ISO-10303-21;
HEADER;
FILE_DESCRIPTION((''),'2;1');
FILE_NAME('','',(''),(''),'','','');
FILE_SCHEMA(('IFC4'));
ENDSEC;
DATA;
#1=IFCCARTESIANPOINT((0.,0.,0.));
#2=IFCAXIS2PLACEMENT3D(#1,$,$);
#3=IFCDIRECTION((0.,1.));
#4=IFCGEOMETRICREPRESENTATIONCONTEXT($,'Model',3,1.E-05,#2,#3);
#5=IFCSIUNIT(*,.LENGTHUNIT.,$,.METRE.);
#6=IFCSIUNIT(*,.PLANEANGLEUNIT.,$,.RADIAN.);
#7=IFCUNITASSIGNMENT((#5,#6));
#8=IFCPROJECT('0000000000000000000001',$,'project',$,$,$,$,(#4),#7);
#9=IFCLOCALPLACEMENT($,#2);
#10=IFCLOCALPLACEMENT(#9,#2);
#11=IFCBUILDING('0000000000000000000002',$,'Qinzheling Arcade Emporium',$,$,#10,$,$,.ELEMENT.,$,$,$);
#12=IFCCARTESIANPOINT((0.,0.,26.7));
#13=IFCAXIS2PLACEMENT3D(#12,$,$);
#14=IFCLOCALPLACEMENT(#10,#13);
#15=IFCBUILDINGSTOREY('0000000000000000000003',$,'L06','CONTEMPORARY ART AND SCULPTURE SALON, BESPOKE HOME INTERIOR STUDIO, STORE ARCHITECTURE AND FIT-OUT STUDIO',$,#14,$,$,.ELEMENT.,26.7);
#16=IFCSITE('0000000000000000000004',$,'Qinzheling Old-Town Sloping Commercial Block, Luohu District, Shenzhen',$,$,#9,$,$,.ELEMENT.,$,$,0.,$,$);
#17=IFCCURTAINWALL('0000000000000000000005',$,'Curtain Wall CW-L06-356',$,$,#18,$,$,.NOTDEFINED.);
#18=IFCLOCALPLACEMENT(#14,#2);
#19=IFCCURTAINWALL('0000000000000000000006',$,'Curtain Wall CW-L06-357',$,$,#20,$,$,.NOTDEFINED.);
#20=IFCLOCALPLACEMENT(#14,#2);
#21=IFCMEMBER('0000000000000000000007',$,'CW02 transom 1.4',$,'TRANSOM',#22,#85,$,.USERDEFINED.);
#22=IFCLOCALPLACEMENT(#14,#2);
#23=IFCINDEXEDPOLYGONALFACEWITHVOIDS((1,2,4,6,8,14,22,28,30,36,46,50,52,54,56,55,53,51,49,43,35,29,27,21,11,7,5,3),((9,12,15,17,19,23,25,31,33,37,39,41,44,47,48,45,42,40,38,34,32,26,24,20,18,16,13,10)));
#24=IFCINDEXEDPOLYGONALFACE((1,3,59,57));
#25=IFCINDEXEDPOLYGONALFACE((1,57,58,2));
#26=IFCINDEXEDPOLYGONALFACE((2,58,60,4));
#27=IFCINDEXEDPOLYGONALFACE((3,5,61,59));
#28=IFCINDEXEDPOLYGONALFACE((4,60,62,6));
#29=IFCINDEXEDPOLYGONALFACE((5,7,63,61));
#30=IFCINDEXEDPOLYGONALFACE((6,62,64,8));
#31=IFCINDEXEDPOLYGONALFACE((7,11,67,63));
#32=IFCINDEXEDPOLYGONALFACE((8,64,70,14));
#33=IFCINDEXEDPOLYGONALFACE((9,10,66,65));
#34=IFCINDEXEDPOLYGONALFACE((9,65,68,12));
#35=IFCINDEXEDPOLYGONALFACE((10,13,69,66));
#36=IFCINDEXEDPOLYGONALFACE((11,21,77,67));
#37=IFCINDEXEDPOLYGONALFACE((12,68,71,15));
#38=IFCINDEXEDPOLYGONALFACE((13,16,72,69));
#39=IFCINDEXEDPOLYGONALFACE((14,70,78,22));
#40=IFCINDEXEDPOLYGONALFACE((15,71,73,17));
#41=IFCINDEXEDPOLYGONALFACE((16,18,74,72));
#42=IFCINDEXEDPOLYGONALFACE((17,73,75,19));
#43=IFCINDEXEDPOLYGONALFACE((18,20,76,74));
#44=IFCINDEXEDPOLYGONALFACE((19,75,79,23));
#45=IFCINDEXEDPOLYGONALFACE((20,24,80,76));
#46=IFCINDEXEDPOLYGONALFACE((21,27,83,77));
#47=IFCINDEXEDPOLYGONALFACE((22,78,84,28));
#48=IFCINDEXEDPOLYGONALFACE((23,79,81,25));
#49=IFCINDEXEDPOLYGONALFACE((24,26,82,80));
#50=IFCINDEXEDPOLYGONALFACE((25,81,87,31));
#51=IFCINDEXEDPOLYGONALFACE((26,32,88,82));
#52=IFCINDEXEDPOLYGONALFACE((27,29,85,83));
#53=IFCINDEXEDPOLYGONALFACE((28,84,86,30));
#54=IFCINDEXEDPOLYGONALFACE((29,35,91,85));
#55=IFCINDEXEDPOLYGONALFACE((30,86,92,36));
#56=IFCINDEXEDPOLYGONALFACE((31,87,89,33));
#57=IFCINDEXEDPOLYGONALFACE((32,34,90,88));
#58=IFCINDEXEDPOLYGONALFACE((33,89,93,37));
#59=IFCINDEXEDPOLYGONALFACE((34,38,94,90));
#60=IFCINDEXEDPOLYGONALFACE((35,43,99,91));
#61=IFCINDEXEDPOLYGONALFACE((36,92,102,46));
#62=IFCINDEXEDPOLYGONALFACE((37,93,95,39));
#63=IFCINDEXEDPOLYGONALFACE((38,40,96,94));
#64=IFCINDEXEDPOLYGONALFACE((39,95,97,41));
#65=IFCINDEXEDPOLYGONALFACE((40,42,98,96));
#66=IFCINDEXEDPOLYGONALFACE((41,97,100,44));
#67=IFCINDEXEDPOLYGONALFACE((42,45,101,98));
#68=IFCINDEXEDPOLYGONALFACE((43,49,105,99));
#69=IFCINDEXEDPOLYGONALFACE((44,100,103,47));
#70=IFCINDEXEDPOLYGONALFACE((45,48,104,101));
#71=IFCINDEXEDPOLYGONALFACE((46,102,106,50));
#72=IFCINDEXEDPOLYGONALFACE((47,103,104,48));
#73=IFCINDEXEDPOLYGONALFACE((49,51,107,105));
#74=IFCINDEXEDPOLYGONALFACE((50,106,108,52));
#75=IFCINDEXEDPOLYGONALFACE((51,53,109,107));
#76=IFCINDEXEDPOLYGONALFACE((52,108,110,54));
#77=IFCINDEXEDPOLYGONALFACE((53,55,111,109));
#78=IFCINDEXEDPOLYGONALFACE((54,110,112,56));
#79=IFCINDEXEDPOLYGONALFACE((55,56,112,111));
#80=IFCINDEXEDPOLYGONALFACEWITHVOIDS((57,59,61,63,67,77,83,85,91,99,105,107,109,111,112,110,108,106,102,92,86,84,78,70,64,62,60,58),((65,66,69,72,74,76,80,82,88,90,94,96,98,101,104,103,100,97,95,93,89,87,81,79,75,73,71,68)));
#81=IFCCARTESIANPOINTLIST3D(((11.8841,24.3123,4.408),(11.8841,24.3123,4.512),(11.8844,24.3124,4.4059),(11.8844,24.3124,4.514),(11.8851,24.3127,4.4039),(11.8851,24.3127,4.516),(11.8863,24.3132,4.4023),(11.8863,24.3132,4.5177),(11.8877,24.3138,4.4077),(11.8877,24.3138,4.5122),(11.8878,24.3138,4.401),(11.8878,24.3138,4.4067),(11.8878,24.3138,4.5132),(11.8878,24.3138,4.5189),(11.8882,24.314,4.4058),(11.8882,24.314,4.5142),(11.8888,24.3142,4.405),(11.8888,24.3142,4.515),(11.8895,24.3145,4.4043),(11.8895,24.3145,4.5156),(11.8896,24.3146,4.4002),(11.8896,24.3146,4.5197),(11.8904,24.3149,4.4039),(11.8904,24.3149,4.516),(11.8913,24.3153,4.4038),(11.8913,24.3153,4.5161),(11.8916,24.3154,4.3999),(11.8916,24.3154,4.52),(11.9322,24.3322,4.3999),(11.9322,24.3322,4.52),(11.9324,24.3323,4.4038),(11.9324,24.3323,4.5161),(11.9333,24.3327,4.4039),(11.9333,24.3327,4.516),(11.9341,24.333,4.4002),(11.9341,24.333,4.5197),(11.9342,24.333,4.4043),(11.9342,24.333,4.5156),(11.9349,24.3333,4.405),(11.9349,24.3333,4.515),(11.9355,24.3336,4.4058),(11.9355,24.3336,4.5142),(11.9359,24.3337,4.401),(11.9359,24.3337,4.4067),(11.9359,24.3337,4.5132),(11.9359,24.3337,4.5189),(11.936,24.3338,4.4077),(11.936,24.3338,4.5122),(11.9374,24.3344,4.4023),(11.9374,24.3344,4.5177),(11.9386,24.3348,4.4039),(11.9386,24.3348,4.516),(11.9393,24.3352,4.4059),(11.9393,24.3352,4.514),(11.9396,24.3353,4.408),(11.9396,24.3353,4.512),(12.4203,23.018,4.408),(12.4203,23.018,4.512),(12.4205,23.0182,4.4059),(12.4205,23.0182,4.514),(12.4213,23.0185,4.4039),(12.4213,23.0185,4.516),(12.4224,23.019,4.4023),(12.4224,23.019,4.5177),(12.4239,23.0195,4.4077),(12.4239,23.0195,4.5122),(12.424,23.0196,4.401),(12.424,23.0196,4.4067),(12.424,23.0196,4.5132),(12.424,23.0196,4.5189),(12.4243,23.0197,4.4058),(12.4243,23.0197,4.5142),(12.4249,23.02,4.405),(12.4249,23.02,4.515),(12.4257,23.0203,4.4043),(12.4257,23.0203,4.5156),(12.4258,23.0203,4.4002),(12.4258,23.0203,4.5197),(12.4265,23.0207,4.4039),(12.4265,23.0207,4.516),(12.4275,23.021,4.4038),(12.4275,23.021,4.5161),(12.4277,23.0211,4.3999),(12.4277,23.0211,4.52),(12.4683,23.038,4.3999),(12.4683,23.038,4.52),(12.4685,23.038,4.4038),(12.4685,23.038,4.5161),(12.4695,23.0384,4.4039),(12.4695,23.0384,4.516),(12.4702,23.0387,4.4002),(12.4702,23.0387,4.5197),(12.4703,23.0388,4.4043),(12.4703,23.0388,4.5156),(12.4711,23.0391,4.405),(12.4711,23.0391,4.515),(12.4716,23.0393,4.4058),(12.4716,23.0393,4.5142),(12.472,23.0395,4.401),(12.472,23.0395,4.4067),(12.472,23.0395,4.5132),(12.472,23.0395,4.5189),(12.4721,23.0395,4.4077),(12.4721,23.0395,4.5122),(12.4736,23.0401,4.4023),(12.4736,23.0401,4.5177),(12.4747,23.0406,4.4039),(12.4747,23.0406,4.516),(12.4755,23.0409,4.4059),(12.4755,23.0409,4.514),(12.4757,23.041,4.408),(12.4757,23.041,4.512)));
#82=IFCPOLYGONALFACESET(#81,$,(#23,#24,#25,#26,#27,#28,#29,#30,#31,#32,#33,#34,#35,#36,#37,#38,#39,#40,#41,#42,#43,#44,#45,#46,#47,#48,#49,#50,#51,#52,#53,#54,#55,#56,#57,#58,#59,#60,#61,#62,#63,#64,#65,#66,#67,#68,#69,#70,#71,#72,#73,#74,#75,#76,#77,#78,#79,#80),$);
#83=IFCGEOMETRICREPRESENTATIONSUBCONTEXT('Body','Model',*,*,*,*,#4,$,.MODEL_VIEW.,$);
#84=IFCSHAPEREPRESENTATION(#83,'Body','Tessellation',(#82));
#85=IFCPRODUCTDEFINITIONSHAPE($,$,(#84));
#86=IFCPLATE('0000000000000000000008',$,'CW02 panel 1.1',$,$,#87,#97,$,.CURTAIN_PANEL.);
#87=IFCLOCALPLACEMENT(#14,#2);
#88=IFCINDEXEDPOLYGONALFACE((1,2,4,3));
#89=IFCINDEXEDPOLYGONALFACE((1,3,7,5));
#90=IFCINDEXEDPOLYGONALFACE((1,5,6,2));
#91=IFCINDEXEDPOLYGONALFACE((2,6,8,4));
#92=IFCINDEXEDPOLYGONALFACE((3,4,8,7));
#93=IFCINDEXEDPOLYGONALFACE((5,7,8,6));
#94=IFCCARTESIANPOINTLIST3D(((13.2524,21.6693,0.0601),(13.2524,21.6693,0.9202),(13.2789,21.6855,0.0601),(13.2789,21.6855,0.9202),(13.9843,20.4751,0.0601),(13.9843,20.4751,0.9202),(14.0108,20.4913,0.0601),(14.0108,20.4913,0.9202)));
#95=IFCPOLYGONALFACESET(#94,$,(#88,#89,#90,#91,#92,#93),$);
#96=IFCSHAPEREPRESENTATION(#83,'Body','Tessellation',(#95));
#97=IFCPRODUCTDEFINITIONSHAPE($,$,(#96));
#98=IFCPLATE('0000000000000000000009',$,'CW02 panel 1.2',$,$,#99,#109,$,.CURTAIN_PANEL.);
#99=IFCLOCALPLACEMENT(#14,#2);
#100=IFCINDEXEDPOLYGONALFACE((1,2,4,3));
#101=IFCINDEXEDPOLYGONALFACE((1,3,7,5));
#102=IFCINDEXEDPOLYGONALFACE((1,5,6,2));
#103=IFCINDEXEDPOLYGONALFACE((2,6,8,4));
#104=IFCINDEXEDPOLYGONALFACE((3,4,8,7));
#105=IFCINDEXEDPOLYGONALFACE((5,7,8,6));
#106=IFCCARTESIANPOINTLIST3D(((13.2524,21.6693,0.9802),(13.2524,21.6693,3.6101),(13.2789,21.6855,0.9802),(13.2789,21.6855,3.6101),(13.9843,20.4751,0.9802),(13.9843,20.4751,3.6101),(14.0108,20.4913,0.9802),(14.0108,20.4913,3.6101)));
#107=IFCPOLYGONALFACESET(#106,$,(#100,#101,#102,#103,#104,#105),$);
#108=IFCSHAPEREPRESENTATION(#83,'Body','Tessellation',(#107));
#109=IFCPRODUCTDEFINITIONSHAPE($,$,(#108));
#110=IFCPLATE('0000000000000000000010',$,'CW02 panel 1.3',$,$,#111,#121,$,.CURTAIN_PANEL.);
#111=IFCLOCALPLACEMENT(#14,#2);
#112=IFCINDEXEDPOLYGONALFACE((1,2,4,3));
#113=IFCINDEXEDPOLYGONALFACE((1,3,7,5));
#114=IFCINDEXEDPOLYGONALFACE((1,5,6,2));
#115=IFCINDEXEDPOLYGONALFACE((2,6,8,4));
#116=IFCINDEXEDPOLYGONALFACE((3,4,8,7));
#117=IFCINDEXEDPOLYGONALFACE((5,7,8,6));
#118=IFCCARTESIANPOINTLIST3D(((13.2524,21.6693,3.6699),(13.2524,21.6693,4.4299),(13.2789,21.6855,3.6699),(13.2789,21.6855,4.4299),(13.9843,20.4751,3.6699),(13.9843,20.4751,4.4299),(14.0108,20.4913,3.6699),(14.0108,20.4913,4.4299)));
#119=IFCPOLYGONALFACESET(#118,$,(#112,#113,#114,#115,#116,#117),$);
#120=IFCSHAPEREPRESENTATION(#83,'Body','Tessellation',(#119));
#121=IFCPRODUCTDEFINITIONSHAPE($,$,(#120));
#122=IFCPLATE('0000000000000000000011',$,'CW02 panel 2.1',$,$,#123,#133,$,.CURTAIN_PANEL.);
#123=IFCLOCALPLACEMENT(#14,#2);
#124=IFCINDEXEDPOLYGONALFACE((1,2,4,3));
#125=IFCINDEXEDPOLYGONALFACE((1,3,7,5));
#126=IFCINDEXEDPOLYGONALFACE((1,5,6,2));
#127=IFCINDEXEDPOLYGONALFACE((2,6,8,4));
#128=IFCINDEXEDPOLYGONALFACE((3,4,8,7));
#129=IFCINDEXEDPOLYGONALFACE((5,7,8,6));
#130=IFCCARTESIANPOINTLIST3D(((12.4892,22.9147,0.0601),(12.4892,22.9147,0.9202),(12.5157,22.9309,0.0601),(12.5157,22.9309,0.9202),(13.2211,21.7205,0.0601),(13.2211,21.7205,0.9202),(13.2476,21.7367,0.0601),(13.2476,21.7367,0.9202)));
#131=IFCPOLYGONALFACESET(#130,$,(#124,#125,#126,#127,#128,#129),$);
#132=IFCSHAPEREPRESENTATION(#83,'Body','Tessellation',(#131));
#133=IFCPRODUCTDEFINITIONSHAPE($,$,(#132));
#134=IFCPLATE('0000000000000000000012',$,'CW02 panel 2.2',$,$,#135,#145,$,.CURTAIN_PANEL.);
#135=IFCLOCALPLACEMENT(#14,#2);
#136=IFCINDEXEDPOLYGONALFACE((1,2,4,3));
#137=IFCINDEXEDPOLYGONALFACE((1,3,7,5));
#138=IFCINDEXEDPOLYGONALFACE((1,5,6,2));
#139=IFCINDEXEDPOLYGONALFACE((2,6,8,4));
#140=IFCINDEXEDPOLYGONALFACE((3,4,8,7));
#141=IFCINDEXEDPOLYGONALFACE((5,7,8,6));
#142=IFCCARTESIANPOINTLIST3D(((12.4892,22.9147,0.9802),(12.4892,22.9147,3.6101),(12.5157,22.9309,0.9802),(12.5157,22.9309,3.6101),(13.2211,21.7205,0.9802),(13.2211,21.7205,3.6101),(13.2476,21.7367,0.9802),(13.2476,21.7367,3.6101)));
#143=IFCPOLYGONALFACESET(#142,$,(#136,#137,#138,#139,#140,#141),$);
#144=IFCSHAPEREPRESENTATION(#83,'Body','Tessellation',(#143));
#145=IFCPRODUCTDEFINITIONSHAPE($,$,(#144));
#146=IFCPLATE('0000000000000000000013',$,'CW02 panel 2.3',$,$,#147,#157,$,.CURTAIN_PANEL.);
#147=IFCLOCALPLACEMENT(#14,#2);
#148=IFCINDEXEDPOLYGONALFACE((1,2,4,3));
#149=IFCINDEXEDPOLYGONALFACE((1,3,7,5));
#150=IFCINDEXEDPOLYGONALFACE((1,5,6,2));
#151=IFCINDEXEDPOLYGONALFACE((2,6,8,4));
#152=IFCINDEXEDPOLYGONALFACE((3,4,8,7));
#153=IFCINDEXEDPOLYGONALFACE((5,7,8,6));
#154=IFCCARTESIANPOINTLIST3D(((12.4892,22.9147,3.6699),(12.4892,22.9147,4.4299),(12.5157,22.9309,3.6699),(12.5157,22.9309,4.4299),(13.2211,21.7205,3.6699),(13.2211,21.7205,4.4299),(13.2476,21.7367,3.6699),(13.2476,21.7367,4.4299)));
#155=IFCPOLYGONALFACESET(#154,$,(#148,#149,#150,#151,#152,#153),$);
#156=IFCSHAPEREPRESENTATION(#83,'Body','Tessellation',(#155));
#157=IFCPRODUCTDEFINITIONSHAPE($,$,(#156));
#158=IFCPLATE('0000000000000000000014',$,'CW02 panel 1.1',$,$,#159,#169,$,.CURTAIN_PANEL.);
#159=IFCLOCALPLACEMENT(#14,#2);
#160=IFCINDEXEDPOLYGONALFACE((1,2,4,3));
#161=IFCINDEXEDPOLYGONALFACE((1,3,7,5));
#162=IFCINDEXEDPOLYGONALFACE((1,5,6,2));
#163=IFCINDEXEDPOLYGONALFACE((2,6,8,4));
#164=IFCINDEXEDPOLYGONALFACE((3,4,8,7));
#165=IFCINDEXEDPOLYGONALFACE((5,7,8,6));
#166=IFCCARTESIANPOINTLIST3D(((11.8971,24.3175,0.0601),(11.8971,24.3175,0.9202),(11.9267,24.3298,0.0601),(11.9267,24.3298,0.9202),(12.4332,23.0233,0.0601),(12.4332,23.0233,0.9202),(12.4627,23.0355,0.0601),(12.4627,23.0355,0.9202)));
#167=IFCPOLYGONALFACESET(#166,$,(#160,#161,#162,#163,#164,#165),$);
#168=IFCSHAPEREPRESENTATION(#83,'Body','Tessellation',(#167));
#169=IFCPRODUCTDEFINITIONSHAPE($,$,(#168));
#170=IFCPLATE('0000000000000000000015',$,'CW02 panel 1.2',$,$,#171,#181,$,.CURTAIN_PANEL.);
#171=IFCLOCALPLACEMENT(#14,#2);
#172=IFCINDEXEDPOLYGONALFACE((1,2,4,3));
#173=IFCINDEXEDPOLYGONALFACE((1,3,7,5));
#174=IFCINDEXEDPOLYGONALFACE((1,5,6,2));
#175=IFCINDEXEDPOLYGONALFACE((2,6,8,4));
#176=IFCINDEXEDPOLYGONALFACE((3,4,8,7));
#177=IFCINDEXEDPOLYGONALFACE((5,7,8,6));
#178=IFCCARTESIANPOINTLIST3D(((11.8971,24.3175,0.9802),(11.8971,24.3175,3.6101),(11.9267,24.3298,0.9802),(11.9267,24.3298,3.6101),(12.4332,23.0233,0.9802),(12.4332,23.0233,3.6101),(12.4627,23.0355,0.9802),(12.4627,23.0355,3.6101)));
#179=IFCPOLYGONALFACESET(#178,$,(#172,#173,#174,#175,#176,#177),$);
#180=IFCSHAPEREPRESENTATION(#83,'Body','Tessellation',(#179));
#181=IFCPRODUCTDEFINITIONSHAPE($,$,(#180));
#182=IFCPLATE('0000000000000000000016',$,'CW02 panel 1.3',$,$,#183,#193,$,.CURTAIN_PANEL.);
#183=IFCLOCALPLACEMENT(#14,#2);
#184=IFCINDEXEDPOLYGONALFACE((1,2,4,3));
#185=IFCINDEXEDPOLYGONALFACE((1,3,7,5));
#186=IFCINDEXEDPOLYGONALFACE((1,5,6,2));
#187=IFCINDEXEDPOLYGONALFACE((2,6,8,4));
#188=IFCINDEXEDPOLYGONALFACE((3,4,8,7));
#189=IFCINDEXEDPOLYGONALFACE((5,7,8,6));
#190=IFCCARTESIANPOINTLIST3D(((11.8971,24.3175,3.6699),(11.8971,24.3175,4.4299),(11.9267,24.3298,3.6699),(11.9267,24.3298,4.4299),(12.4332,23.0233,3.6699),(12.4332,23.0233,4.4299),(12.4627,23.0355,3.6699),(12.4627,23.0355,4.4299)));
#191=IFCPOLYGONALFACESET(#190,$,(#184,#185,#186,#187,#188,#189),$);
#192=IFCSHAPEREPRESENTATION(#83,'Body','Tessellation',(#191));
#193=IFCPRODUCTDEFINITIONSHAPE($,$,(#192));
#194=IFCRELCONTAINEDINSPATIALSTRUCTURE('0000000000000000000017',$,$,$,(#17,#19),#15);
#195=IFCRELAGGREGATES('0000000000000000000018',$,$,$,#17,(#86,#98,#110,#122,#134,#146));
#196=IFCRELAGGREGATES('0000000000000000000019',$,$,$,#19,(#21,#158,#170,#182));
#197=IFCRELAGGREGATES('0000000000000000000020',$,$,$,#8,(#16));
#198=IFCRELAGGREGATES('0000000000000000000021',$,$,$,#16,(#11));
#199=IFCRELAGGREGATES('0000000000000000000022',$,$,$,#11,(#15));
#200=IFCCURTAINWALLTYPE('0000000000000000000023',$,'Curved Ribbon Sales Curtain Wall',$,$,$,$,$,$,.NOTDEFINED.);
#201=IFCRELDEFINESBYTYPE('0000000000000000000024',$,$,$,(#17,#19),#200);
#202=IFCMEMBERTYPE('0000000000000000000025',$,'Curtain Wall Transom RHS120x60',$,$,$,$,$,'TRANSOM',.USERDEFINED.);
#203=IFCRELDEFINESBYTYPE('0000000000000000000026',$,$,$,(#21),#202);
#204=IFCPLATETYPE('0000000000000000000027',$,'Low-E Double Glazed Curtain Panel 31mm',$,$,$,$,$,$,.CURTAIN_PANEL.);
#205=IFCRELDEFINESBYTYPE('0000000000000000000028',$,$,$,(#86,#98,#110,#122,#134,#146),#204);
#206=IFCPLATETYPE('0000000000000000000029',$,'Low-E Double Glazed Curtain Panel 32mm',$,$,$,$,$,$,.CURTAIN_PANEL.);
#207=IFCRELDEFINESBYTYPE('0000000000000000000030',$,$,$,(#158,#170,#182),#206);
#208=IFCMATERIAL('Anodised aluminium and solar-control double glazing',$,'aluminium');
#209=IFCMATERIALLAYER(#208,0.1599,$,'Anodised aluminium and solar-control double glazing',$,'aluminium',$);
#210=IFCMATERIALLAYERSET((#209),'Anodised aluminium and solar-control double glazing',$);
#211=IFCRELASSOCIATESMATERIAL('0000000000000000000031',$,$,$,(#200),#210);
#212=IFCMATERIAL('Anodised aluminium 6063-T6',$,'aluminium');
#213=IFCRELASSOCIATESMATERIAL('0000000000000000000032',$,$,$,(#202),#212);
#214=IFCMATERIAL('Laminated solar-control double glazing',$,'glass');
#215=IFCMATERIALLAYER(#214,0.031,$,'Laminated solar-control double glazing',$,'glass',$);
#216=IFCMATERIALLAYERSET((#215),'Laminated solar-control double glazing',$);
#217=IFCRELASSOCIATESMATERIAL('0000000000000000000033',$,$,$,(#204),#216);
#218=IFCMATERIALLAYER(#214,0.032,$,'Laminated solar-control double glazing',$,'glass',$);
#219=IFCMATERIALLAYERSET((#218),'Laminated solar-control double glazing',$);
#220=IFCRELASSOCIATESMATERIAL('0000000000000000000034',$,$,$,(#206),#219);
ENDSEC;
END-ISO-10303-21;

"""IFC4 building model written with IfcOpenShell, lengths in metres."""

from ifc_helpers import new_model, si_unit, direction, frame, origin, origin_2d, place, context, subcontext, project, spatial, rectangle, hollow_rectangle, extrude, material, layer, layer_set, material_profile, profile_set, type_object, element, aggregate, save


model = new_model("IFC4")

# Units and contexts
model_context = context("Model", 3, precision=1e-05, world=origin(), true_north=direction((0.0, 1.0)))
body_context = subcontext(model_context, "Body", "Model", "MODEL_VIEW")
ifc_project = project(units=[si_unit("LENGTHUNIT", "METRE"), si_unit("PLANEANGLEUNIT", "RADIAN")], contexts=[model_context])

# Site, building, storey
site_placement = place(None, origin())
site = spatial("IfcSite", under=ifc_project, at=site_placement, Name="Qinzheling Old-Town Sloping Commercial Block, Luohu District, Shenzhen", CompositionType="ELEMENT", RefElevation=0.0)
building_placement = place(site_placement, origin())
building = spatial("IfcBuilding", under=site, at=building_placement, Name="Qinzheling Arcade Emporium", CompositionType="ELEMENT")
storey_placement = place(building_placement, frame((0.0, 0.0, 26.7)))
storey = spatial("IfcBuildingStorey", under=building, at=storey_placement, Name="L06", Description="CONTEMPORARY ART AND SCULPTURE SALON, BESPOKE HOME INTERIOR STUDIO, STORE ARCHITECTURE AND FIT-OUT STUDIO", CompositionType="ELEMENT", Elevation=26.7)

# Curtain walls
ifc_material_1 = material(Name="Anodised aluminium and solar-control double glazing", Category="aluminium")
ifc_layer_1 = layer(ifc_material_1, 0.1599, Name="Anodised aluminium and solar-control double glazing", Category="aluminium")
ifc_layer_set_1 = layer_set([ifc_layer_1], Name="Anodised aluminium and solar-control double glazing")
curtain_wall_type = type_object("IfcCurtainWallType", Name="Curved Ribbon Sales Curtain Wall", PredefinedType="NOTDEFINED", material=ifc_layer_set_1)
curtain_wall_1_placement = place(storey_placement, origin())
curtain_wall_1 = element("IfcCurtainWall", 1, at=curtain_wall_1_placement, inside=storey, type_object=curtain_wall_type, Name="Curtain Wall CW-L06-356", PredefinedType="NOTDEFINED")
ifc_material_2 = material(Name="Anodised aluminium 6063-T6", Category="aluminium")
curtain_wall_2_placement = place(storey_placement, origin())
curtain_wall_2 = element("IfcCurtainWall", 2, at=curtain_wall_2_placement, inside=storey, type_object=curtain_wall_type, Name="Curtain Wall CW-L06-357", PredefinedType="NOTDEFINED")

# Member
ifc_material_profile_1 = material_profile(ifc_material_2, hollow_rectangle(XDim=0.0601, YDim=0.1201, WallThickness=0.0039, InnerFilletRadius=0.0039, OuterFilletRadius=0.0081, at=origin_2d()), Name="RHS 120x60x4", Category="aluminium")
ifc_profile_set_1 = profile_set([ifc_material_profile_1], Name="Anodised aluminium 6063-T6")
member_type_1 = type_object("IfcMemberType", Name="Curtain Wall Transom RHS120x60", ElementType="TRANSOM", PredefinedType="USERDEFINED", material=ifc_profile_set_1)
member_1_placement = place(storey_placement, frame((12.448, 23.0295, 4.46), z_axis=(-0.382721, 0.923864, 0.0), x_axis=(-0.923864, -0.382721, 0.0)))
member_1 = element("IfcMember", 3, at=member_1_placement, type_object=member_type_1, Name="CW02 transom 1.4", ObjectType="TRANSOM", PredefinedType="USERDEFINED", context=body_context, shape_type="SweptSolid", body=[
    extrude(hollow_rectangle(XDim=0.0601, YDim=0.1201, WallThickness=0.0039, InnerFilletRadius=0.0039, OuterFilletRadius=0.0081, at=origin_2d()), origin(), (0.0, 0.0, 1.0), 1.4009),
])

# Plates
ifc_material_3 = material(Name="Laminated solar-control double glazing", Category="glass")
ifc_layer_2 = layer(ifc_material_3, 0.031, Name="Laminated solar-control double glazing", Category="glass")
ifc_layer_set_2 = layer_set([ifc_layer_2], Name="Laminated solar-control double glazing")
plate_type_1 = type_object("IfcPlateType", Name="Low-E Double Glazed Curtain Panel 31mm", PredefinedType="CURTAIN_PANEL", material=ifc_layer_set_2)
plate_1_placement = place(storey_placement, frame((13.6316, 21.0803, 0.0601), z_axis=(0.0, 0.0, 1.0), x_axis=(-0.522562, 0.852601, 0.0)))
plate_1 = element("IfcPlate", 4, at=plate_1_placement, type_object=plate_type_1, Name="CW02 panel 1.1", PredefinedType="CURTAIN_PANEL", context=body_context, shape_type="SweptSolid", body=[
    extrude(rectangle(XDim=1.4006, YDim=0.031, at=origin_2d()), origin(), (0.0, 0.0, 1.0), 0.8601),
])
plate_2_placement = place(storey_placement, frame((13.6316, 21.0803, 0.9802), z_axis=(0.0, 0.0, 1.0), x_axis=(-0.522562, 0.852601, 0.0)))
plate_2 = element("IfcPlate", 5, at=plate_2_placement, type_object=plate_type_1, Name="CW02 panel 1.2", PredefinedType="CURTAIN_PANEL", context=body_context, shape_type="SweptSolid", body=[
    extrude(rectangle(XDim=1.4006, YDim=0.031, at=origin_2d()), origin(), (0.0, 0.0, 1.0), 2.6299),
])
plate_3_placement = place(storey_placement, frame((13.6316, 21.0803, 3.6699), z_axis=(0.0, 0.0, 1.0), x_axis=(-0.522562, 0.852601, 0.0)))
plate_3 = element("IfcPlate", 6, at=plate_3_placement, type_object=plate_type_1, Name="CW02 panel 1.3", PredefinedType="CURTAIN_PANEL", context=body_context, shape_type="SweptSolid", body=[
    extrude(rectangle(XDim=1.4006, YDim=0.031, at=origin_2d()), origin(), (0.0, 0.0, 1.0), 0.76),
])
plate_4_placement = place(storey_placement, frame((12.8684, 22.3257, 0.0601), z_axis=(0.0, 0.0, 1.0), x_axis=(-0.522562, 0.852601, 0.0)))
plate_4 = element("IfcPlate", 7, at=plate_4_placement, type_object=plate_type_1, Name="CW02 panel 2.1", PredefinedType="CURTAIN_PANEL", context=body_context, shape_type="SweptSolid", body=[
    extrude(rectangle(XDim=1.4006, YDim=0.031, at=origin_2d()), origin(), (0.0, 0.0, 1.0), 0.8601),
])
plate_5_placement = place(storey_placement, frame((12.8684, 22.3257, 0.9802), z_axis=(0.0, 0.0, 1.0), x_axis=(-0.522562, 0.852601, 0.0)))
plate_5 = element("IfcPlate", 8, at=plate_5_placement, type_object=plate_type_1, Name="CW02 panel 2.2", PredefinedType="CURTAIN_PANEL", context=body_context, shape_type="SweptSolid", body=[
    extrude(rectangle(XDim=1.4006, YDim=0.031, at=origin_2d()), origin(), (0.0, 0.0, 1.0), 2.6299),
])
plate_6_placement = place(storey_placement, frame((12.8684, 22.3257, 3.6699), z_axis=(0.0, 0.0, 1.0), x_axis=(-0.522562, 0.852601, 0.0)))
plate_6 = element("IfcPlate", 9, at=plate_6_placement, type_object=plate_type_1, Name="CW02 panel 2.3", PredefinedType="CURTAIN_PANEL", context=body_context, shape_type="SweptSolid", body=[
    extrude(rectangle(XDim=1.4006, YDim=0.031, at=origin_2d()), origin(), (0.0, 0.0, 1.0), 0.76),
])
aggregate(curtain_wall_1, [plate_1, plate_2, plate_3, plate_4, plate_5, plate_6])
ifc_layer_3 = layer(ifc_material_3, 0.032, Name="Laminated solar-control double glazing", Category="glass")
ifc_layer_set_3 = layer_set([ifc_layer_3], Name="Laminated solar-control double glazing")
plate_type_2 = type_object("IfcPlateType", Name="Low-E Double Glazed Curtain Panel 32mm", PredefinedType="CURTAIN_PANEL", material=ifc_layer_set_3)
plate_7_placement = place(storey_placement, frame((12.1799, 23.6765, 0.0601), z_axis=(0.0, 0.0, 1.0), x_axis=(-0.382638, 0.923898, 0.0)))
plate_7 = element("IfcPlate", 10, at=plate_7_placement, type_object=plate_type_2, Name="CW02 panel 1.1", PredefinedType="CURTAIN_PANEL", context=body_context, shape_type="SweptSolid", body=[
    extrude(rectangle(XDim=1.4009, YDim=0.032, at=origin_2d()), origin(), (0.0, 0.0, 1.0), 0.8601),
])
plate_8_placement = place(storey_placement, frame((12.1799, 23.6765, 0.9802), z_axis=(0.0, 0.0, 1.0), x_axis=(-0.382638, 0.923898, 0.0)))
plate_8 = element("IfcPlate", 11, at=plate_8_placement, type_object=plate_type_2, Name="CW02 panel 1.2", PredefinedType="CURTAIN_PANEL", context=body_context, shape_type="SweptSolid", body=[
    extrude(rectangle(XDim=1.4009, YDim=0.032, at=origin_2d()), origin(), (0.0, 0.0, 1.0), 2.6299),
])
plate_9_placement = place(storey_placement, frame((12.1799, 23.6765, 3.6699), z_axis=(0.0, 0.0, 1.0), x_axis=(-0.382638, 0.923898, 0.0)))
plate_9 = element("IfcPlate", 12, at=plate_9_placement, type_object=plate_type_2, Name="CW02 panel 1.3", PredefinedType="CURTAIN_PANEL", context=body_context, shape_type="SweptSolid", body=[
    extrude(rectangle(XDim=1.4009, YDim=0.032, at=origin_2d()), origin(), (0.0, 0.0, 1.0), 0.76),
])
aggregate(curtain_wall_2, [member_1, plate_7, plate_8, plate_9])

save(model, "model.ifc")
